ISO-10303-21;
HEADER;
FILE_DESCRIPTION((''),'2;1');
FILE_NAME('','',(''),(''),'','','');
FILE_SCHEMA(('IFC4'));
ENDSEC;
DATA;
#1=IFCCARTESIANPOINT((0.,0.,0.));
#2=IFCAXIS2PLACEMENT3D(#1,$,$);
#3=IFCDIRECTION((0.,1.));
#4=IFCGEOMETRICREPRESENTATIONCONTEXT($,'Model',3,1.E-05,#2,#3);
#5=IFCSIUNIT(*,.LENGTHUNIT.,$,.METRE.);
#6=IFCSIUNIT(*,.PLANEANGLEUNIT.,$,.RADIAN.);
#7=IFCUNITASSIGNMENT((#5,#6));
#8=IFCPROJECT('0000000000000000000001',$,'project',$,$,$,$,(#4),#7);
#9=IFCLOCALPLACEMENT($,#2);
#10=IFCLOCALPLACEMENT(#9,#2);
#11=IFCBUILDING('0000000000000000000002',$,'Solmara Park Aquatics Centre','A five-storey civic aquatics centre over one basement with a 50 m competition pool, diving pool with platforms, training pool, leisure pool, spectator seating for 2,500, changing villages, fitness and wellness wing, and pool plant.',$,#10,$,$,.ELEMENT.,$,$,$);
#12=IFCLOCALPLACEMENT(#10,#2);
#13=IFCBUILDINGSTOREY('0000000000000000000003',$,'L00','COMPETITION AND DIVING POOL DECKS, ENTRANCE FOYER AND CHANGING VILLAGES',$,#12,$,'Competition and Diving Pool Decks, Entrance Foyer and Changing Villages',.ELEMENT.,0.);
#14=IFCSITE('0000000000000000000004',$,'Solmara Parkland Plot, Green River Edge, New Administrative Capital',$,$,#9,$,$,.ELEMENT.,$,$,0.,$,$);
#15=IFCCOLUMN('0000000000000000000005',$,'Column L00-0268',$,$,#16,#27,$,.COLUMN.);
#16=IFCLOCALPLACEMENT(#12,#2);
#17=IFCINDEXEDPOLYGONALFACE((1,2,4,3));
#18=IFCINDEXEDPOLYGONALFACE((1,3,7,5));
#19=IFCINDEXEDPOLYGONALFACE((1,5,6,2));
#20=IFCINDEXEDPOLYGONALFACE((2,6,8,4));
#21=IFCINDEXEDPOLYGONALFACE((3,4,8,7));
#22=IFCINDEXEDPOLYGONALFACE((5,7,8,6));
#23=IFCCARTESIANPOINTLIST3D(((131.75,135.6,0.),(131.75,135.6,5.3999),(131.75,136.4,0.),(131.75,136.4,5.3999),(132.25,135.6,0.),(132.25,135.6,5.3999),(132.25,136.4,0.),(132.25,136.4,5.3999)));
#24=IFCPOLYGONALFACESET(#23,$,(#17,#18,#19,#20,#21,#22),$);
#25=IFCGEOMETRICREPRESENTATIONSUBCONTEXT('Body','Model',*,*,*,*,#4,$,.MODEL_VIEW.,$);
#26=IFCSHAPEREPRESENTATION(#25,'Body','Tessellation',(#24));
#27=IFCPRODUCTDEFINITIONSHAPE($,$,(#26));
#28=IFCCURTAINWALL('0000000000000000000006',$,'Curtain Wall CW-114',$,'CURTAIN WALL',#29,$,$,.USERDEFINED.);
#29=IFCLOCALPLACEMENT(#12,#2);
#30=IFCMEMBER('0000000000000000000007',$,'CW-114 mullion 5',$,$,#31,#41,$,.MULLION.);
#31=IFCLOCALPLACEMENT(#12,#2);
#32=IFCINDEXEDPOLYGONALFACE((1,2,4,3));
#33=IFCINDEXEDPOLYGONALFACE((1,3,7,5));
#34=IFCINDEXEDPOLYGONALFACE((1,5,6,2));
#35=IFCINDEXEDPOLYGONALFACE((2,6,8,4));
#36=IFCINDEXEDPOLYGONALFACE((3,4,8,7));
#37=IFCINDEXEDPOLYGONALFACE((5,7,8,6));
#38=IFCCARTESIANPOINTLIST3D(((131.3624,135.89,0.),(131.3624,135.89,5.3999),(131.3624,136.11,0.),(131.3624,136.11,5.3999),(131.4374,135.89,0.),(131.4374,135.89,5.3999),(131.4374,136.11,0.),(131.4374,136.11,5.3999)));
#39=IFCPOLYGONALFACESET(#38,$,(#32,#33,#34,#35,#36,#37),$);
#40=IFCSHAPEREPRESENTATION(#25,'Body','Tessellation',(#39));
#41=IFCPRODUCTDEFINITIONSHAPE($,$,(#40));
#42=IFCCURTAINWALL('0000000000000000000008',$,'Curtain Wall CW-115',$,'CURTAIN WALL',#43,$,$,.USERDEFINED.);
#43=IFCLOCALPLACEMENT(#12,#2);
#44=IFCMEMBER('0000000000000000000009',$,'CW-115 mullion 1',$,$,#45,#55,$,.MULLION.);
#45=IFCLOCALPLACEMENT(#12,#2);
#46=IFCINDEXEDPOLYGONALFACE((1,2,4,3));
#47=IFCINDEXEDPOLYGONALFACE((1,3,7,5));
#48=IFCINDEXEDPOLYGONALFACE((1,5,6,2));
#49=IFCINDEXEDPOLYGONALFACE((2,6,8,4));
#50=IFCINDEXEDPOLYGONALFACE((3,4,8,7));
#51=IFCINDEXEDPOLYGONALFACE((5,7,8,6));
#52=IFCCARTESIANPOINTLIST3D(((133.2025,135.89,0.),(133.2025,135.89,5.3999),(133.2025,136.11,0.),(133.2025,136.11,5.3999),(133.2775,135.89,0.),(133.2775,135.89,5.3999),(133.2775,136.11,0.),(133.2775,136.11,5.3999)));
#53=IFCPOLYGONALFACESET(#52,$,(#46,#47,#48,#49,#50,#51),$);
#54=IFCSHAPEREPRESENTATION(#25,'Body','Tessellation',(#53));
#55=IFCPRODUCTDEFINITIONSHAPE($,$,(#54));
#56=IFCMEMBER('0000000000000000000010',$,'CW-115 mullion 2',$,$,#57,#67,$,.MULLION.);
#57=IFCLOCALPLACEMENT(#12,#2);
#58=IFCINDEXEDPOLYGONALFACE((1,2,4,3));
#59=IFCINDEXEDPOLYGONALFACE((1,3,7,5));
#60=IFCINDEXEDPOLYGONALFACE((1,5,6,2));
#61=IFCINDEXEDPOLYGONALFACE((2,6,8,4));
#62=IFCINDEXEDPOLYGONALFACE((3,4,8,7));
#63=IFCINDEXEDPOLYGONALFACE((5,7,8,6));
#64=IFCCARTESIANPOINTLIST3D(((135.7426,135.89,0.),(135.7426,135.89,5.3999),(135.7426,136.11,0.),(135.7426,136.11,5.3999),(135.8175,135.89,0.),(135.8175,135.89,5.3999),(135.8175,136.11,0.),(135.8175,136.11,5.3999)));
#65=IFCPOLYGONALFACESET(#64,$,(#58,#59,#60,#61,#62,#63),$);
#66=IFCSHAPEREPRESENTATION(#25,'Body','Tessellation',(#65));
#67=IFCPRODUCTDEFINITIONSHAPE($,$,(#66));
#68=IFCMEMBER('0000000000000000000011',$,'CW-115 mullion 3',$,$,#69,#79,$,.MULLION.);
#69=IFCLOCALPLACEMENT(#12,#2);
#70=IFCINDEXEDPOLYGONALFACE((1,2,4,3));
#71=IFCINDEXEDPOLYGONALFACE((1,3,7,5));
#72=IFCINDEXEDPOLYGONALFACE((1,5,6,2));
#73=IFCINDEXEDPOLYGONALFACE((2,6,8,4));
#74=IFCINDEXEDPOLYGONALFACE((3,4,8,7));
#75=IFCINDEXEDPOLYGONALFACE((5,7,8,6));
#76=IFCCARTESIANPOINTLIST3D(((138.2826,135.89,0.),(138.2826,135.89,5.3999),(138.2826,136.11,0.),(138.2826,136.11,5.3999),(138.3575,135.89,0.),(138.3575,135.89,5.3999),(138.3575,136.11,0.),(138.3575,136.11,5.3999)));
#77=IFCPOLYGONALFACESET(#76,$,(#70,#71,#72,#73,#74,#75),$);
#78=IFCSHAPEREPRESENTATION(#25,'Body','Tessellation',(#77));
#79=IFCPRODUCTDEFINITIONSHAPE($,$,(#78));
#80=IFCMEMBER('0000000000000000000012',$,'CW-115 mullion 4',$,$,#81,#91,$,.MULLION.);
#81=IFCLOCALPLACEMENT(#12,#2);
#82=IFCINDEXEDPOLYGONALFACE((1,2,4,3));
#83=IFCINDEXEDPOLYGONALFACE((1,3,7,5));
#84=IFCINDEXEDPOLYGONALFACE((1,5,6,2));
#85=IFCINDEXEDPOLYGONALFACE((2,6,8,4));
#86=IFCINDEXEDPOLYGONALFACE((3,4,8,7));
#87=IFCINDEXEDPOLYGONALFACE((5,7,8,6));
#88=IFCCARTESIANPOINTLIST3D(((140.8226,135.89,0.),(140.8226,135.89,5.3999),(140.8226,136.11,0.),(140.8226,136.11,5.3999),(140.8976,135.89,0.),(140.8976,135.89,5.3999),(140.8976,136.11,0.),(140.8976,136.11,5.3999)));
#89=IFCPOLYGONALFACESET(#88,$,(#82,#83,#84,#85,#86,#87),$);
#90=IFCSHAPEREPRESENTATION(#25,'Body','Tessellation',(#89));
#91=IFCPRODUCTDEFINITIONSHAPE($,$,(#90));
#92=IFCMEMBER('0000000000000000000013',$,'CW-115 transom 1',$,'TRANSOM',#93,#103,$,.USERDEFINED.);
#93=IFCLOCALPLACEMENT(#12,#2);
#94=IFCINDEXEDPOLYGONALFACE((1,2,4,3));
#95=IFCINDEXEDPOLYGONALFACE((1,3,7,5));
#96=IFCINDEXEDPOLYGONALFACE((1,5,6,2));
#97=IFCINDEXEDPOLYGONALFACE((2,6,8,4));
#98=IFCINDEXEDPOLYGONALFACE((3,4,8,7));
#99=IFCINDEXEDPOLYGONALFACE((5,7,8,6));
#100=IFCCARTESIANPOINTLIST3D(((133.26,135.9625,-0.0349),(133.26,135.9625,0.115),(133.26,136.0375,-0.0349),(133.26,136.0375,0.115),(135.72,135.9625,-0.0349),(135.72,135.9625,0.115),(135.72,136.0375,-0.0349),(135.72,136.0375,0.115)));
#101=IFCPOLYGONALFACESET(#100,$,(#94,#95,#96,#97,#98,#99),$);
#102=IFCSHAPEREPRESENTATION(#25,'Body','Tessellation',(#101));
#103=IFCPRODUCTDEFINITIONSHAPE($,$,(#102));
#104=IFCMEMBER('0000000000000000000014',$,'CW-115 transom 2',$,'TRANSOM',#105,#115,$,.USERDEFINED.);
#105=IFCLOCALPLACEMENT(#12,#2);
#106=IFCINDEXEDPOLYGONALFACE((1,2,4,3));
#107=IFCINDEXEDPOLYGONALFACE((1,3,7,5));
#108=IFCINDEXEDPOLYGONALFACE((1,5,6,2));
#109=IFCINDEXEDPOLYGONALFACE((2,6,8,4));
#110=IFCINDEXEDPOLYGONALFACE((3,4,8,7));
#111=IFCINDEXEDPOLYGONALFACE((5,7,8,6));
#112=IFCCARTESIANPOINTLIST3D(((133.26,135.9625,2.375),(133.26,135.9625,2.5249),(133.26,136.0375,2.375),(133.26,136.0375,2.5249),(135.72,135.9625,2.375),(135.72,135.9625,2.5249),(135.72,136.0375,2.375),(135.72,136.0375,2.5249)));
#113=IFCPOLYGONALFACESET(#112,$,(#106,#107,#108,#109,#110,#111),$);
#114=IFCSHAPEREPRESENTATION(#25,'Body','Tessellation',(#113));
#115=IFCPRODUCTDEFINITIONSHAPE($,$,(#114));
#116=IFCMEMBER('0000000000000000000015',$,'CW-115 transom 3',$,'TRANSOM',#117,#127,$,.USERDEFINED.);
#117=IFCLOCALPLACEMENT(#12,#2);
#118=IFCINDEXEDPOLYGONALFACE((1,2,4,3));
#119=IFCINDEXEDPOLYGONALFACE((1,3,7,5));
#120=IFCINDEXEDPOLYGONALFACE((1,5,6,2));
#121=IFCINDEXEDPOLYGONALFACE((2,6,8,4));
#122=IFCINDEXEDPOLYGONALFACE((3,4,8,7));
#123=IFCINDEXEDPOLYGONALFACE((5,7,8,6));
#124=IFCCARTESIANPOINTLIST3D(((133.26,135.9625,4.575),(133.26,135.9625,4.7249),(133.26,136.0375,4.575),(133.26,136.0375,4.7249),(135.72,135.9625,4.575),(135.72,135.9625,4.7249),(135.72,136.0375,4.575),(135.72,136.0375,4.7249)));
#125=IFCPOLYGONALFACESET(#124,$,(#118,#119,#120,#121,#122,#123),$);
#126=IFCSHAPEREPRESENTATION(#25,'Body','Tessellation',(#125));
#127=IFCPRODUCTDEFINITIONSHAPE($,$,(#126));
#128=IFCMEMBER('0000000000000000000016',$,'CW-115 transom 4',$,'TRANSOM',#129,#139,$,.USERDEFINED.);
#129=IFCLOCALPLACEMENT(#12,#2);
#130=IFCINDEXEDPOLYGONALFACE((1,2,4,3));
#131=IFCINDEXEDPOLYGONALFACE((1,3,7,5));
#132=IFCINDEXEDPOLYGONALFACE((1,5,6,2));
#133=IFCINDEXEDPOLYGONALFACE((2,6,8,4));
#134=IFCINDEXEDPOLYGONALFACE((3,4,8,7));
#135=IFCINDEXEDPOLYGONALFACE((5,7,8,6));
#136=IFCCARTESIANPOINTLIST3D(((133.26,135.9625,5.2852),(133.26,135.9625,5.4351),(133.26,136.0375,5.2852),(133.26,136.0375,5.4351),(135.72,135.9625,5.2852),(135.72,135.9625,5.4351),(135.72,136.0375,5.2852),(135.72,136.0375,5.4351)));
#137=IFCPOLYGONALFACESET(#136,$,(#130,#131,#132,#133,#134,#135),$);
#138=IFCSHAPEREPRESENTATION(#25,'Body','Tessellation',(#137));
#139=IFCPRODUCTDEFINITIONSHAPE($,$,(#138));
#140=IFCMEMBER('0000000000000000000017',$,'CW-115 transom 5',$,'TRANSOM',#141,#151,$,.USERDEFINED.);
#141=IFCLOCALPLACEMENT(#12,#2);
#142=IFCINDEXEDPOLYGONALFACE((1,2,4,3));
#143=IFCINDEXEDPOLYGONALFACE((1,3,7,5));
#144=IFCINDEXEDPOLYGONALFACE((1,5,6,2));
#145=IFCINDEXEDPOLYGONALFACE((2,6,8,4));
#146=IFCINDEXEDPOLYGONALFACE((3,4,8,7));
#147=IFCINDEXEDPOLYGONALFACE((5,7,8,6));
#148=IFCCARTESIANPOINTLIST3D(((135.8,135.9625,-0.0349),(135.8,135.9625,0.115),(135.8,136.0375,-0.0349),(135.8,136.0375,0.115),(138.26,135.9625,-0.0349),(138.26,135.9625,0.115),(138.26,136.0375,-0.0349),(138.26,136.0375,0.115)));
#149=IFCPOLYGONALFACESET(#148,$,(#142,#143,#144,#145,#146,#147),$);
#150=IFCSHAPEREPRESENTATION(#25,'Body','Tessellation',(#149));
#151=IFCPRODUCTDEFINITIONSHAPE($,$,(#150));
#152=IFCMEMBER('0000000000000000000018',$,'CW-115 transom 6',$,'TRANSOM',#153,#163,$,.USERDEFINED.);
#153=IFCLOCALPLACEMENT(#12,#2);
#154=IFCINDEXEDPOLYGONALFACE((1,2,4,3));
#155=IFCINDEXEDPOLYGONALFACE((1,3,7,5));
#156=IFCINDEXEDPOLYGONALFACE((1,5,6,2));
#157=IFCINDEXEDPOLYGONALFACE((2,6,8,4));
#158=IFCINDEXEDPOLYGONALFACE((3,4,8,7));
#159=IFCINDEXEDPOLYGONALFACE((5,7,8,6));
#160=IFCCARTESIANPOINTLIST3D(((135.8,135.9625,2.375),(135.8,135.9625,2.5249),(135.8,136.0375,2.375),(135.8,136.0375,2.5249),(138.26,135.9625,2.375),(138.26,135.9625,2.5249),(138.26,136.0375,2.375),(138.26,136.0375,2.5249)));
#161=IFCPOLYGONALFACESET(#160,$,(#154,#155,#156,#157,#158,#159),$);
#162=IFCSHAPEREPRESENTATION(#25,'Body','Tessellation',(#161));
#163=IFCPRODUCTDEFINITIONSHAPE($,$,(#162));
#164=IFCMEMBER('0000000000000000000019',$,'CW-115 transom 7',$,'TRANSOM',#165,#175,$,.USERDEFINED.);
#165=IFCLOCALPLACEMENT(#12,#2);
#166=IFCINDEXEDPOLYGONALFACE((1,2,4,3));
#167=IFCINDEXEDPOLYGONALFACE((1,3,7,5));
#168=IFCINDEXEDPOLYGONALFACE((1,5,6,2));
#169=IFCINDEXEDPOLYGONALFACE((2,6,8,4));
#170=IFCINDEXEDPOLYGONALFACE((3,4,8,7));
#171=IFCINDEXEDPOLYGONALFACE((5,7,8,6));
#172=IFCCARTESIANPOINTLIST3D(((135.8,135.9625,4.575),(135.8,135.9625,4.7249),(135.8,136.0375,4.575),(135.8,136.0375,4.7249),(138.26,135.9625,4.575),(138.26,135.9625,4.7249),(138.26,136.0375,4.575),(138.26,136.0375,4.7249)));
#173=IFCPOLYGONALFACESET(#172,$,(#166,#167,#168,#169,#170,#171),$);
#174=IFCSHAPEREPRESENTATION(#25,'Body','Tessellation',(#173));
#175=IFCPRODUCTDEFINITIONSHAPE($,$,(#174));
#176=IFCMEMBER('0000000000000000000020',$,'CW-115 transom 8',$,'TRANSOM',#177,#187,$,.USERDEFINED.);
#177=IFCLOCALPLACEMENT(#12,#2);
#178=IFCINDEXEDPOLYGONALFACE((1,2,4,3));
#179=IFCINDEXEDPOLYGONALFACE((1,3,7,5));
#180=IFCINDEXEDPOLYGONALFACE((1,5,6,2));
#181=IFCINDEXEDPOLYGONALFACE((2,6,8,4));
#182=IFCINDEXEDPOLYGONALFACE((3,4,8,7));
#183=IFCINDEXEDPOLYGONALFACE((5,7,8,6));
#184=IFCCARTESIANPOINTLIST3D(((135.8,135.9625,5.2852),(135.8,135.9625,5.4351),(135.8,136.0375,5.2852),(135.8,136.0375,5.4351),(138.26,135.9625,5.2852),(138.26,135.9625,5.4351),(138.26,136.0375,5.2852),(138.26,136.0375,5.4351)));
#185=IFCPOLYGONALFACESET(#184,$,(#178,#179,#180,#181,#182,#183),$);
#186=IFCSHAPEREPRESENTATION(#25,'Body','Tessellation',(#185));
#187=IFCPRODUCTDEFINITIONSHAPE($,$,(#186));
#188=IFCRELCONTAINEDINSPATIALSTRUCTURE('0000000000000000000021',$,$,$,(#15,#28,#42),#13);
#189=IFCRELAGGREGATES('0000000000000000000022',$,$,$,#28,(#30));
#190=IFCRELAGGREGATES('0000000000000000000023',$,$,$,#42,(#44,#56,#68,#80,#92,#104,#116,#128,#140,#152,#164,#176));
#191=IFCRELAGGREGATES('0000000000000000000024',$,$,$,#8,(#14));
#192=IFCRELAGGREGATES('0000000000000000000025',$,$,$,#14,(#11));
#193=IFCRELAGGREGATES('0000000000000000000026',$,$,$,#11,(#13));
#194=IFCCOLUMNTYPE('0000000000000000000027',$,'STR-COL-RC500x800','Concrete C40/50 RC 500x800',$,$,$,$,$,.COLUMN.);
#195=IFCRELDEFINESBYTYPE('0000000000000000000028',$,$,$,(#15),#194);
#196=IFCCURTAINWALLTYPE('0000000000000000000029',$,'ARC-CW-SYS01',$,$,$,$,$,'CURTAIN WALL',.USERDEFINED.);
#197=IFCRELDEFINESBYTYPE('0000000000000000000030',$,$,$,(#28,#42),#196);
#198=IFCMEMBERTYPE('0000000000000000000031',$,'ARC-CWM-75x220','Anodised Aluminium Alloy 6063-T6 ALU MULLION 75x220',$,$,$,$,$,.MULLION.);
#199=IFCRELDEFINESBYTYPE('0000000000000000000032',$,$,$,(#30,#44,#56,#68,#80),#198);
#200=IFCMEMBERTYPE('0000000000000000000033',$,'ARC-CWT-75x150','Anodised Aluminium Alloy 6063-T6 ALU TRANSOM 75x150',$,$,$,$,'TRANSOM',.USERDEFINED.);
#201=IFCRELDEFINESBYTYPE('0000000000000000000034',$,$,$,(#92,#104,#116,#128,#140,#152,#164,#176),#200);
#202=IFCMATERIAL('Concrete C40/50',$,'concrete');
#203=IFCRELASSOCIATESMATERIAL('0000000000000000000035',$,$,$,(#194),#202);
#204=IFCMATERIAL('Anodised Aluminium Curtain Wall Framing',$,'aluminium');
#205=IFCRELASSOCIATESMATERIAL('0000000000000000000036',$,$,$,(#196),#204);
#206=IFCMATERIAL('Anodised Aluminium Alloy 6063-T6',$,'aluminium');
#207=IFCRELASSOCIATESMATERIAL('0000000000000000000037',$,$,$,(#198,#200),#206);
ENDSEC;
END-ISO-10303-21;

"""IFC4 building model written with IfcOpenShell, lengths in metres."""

from ifc_helpers import new_model, si_unit, direction, frame, origin, origin_2d, place, context, subcontext, project, spatial, rectangle, extrude, material, material_profile, profile_set, type_object, element, aggregate, save


model = new_model("IFC4")

# Units and contexts
model_context = context("Model", 3, precision=1e-05, world=origin(), true_north=direction((0.0, 1.0)))
body_context = subcontext(model_context, "Body", "Model", "MODEL_VIEW")
ifc_project = project(units=[si_unit("LENGTHUNIT", "METRE"), si_unit("PLANEANGLEUNIT", "RADIAN")], contexts=[model_context])

# Site, building, storey
site_placement = place(None, origin())
site = spatial("IfcSite", under=ifc_project, at=site_placement, Name="Solmara Parkland Plot, Green River Edge, New Administrative Capital", CompositionType="ELEMENT", RefElevation=0.0)
building_placement = place(site_placement, origin())
building = spatial("IfcBuilding", under=site, at=building_placement, Name="Solmara Park Aquatics Centre", Description="A five-storey civic aquatics centre over one basement with a 50 m competition pool, diving pool with platforms, training pool, leisure pool, spectator seating for 2,500, changing villages, fitness and wellness wing, and pool plant.", CompositionType="ELEMENT")
storey_placement = place(building_placement, origin())
storey = spatial("IfcBuildingStorey", under=building, at=storey_placement, Name="L00", Description="COMPETITION AND DIVING POOL DECKS, ENTRANCE FOYER AND CHANGING VILLAGES", LongName="Competition and Diving Pool Decks, Entrance Foyer and Changing Villages", CompositionType="ELEMENT", Elevation=0.0)

# Column
ifc_material_1 = material(Name="Concrete C40/50", Category="concrete")
ifc_material_profile_1 = material_profile(ifc_material_1, rectangle(XDim=0.5, YDim=0.8, at=origin_2d()), Name="RC 500x800")
ifc_profile_set_1 = profile_set([ifc_material_profile_1], Name="Concrete C40/50")
column_type = type_object("IfcColumnType", Name="STR-COL-RC500x800", Description="Concrete C40/50 RC 500x800", PredefinedType="COLUMN", material=ifc_profile_set_1)
column_placement = place(storey_placement, frame((132.0, 136.0, 0.0), z_axis=(0.0, 0.0, 1.0), x_axis=(1.0, 0.0, 0.0)))
element("IfcColumn", 1, at=column_placement, inside=storey, type_object=column_type, Name="Column L00-0268", PredefinedType="COLUMN", context=body_context, shape_type="SweptSolid", body=[
    extrude(rectangle(XDim=0.5, YDim=0.8, at=origin_2d()), origin(), (0.0, 0.0, 1.0), 5.3999),
])

# Curtain wall, member
ifc_material_2 = material(Name="Anodised Aluminium Curtain Wall Framing", Category="aluminium")
curtain_wall_type = type_object("IfcCurtainWallType", Name="ARC-CW-SYS01", ElementType="CURTAIN WALL", PredefinedType="USERDEFINED", material=ifc_material_2)
curtain_wall_1_placement = place(storey_placement, origin())
curtain_wall_1 = element("IfcCurtainWall", 2, at=curtain_wall_1_placement, inside=storey, type_object=curtain_wall_type, Name="Curtain Wall CW-114", ObjectType="CURTAIN WALL", PredefinedType="USERDEFINED")
ifc_material_3 = material(Name="Anodised Aluminium Alloy 6063-T6", Category="aluminium")
ifc_material_profile_2 = material_profile(ifc_material_3, rectangle(XDim=0.075, YDim=0.22, at=origin_2d()), Name="ALU MULLION 75x220")
ifc_profile_set_2 = profile_set([ifc_material_profile_2], Name="Anodised Aluminium Alloy 6063-T6")
member_type_1 = type_object("IfcMemberType", Name="ARC-CWM-75x220", Description="Anodised Aluminium Alloy 6063-T6 ALU MULLION 75x220", PredefinedType="MULLION", material=ifc_profile_set_2)
member_1_placement = place(storey_placement, frame((131.3999, 136.0, 0.0), z_axis=(0.0, 0.0, 1.0), x_axis=(1.0, 0.0, 0.0)))
member_1 = element("IfcMember", 3, at=member_1_placement, type_object=member_type_1, Name="CW-114 mullion 5", PredefinedType="MULLION", context=body_context, shape_type="SweptSolid", body=[
    extrude(rectangle(XDim=0.075, YDim=0.22, at=origin_2d()), origin(), (0.0, 0.0, 1.0), 5.3999),
])

# Curtain wall, members
curtain_wall_2_placement = place(storey_placement, origin())
curtain_wall_2 = element("IfcCurtainWall", 4, at=curtain_wall_2_placement, inside=storey, type_object=curtain_wall_type, Name="Curtain Wall CW-115", ObjectType="CURTAIN WALL", PredefinedType="USERDEFINED")
member_2_placement = place(storey_placement, frame((133.24, 136.0, 0.0), z_axis=(0.0, 0.0, 1.0), x_axis=(1.0, 0.0, 0.0)))
member_2 = element("IfcMember", 5, at=member_2_placement, type_object=member_type_1, Name="CW-115 mullion 1", PredefinedType="MULLION", context=body_context, shape_type="SweptSolid", body=[
    extrude(rectangle(XDim=0.075, YDim=0.22, at=origin_2d()), origin(), (0.0, 0.0, 1.0), 5.3999),
])
member_3_placement = place(storey_placement, frame((135.78, 136.0, 0.0), z_axis=(0.0, 0.0, 1.0), x_axis=(1.0, 0.0, 0.0)))
member_3 = element("IfcMember", 6, at=member_3_placement, type_object=member_type_1, Name="CW-115 mullion 2", PredefinedType="MULLION", context=body_context, shape_type="SweptSolid", body=[
    extrude(rectangle(XDim=0.075, YDim=0.22, at=origin_2d()), origin(), (0.0, 0.0, 1.0), 5.3999),
])
member_4_placement = place(storey_placement, frame((138.3201, 136.0, 0.0), z_axis=(0.0, 0.0, 1.0), x_axis=(1.0, 0.0, 0.0)))
member_4 = element("IfcMember", 7, at=member_4_placement, type_object=member_type_1, Name="CW-115 mullion 3", PredefinedType="MULLION", context=body_context, shape_type="SweptSolid", body=[
    extrude(rectangle(XDim=0.075, YDim=0.22, at=origin_2d()), origin(), (0.0, 0.0, 1.0), 5.3999),
])
member_5_placement = place(storey_placement, frame((140.8601, 136.0, 0.0), z_axis=(0.0, 0.0, 1.0), x_axis=(1.0, 0.0, 0.0)))
member_5 = element("IfcMember", 8, at=member_5_placement, type_object=member_type_1, Name="CW-115 mullion 4", PredefinedType="MULLION", context=body_context, shape_type="SweptSolid", body=[
    extrude(rectangle(XDim=0.075, YDim=0.22, at=origin_2d()), origin(), (0.0, 0.0, 1.0), 5.3999),
])
ifc_material_profile_3 = material_profile(ifc_material_3, rectangle(XDim=0.075, YDim=0.1499, at=origin_2d()), Name="ALU TRANSOM 75x150")
ifc_profile_set_3 = profile_set([ifc_material_profile_3], Name="Anodised Aluminium Alloy 6063-T6")
member_type_2 = type_object("IfcMemberType", Name="ARC-CWT-75x150", Description="Anodised Aluminium Alloy 6063-T6 ALU TRANSOM 75x150", ElementType="TRANSOM", PredefinedType="USERDEFINED", material=ifc_profile_set_3)
member_6_placement = place(storey_placement, frame((133.26, 136.0, 0.04), z_axis=(1.0, 0.0, 0.0), x_axis=(0.0, 1.0, 0.0)))
member_6 = element("IfcMember", 9, at=member_6_placement, type_object=member_type_2, Name="CW-115 transom 1", ObjectType="TRANSOM", PredefinedType="USERDEFINED", context=body_context, shape_type="SweptSolid", body=[
    extrude(rectangle(XDim=0.075, YDim=0.1499, at=origin_2d()), origin(), (0.0, 0.0, 1.0), 2.46),
])
member_7_placement = place(storey_placement, frame((133.26, 136.0, 2.45), z_axis=(1.0, 0.0, 0.0), x_axis=(0.0, 1.0, 0.0)))
member_7 = element("IfcMember", 10, at=member_7_placement, type_object=member_type_2, Name="CW-115 transom 2", ObjectType="TRANSOM", PredefinedType="USERDEFINED", context=body_context, shape_type="SweptSolid", body=[
    extrude(rectangle(XDim=0.075, YDim=0.1499, at=origin_2d()), origin(), (0.0, 0.0, 1.0), 2.46),
])
member_8_placement = place(storey_placement, frame((133.26, 136.0, 4.6499), z_axis=(1.0, 0.0, 0.0), x_axis=(0.0, 1.0, 0.0)))
member_8 = element("IfcMember", 11, at=member_8_placement, type_object=member_type_2, Name="CW-115 transom 3", ObjectType="TRANSOM", PredefinedType="USERDEFINED", context=body_context, shape_type="SweptSolid", body=[
    extrude(rectangle(XDim=0.075, YDim=0.1499, at=origin_2d()), origin(), (0.0, 0.0, 1.0), 2.46),
])
member_9_placement = place(storey_placement, frame((133.26, 136.0, 5.3601), z_axis=(1.0, 0.0, 0.0), x_axis=(0.0, 1.0, 0.0)))
member_9 = element("IfcMember", 12, at=member_9_placement, type_object=member_type_2, Name="CW-115 transom 4", ObjectType="TRANSOM", PredefinedType="USERDEFINED", context=body_context, shape_type="SweptSolid", body=[
    extrude(rectangle(XDim=0.075, YDim=0.1499, at=origin_2d()), origin(), (0.0, 0.0, 1.0), 2.46),
])
member_10_placement = place(storey_placement, frame((135.8, 136.0, 0.04), z_axis=(1.0, 0.0, 0.0), x_axis=(0.0, 1.0, 0.0)))
member_10 = element("IfcMember", 13, at=member_10_placement, type_object=member_type_2, Name="CW-115 transom 5", ObjectType="TRANSOM", PredefinedType="USERDEFINED", context=body_context, shape_type="SweptSolid", body=[
    extrude(rectangle(XDim=0.075, YDim=0.1499, at=origin_2d()), origin(), (0.0, 0.0, 1.0), 2.46),
])
member_11_placement = place(storey_placement, frame((135.8, 136.0, 2.45), z_axis=(1.0, 0.0, 0.0), x_axis=(0.0, 1.0, 0.0)))
member_11 = element("IfcMember", 14, at=member_11_placement, type_object=member_type_2, Name="CW-115 transom 6", ObjectType="TRANSOM", PredefinedType="USERDEFINED", context=body_context, shape_type="SweptSolid", body=[
    extrude(rectangle(XDim=0.075, YDim=0.1499, at=origin_2d()), origin(), (0.0, 0.0, 1.0), 2.46),
])
member_12_placement = place(storey_placement, frame((135.8, 136.0, 4.6499), z_axis=(1.0, 0.0, 0.0), x_axis=(0.0, 1.0, 0.0)))
member_12 = element("IfcMember", 15, at=member_12_placement, type_object=member_type_2, Name="CW-115 transom 7", ObjectType="TRANSOM", PredefinedType="USERDEFINED", context=body_context, shape_type="SweptSolid", body=[
    extrude(rectangle(XDim=0.075, YDim=0.1499, at=origin_2d()), origin(), (0.0, 0.0, 1.0), 2.46),
])
member_13_placement = place(storey_placement, frame((135.8, 136.0, 5.3601), z_axis=(1.0, 0.0, 0.0), x_axis=(0.0, 1.0, 0.0)))
member_13 = element("IfcMember", 16, at=member_13_placement, type_object=member_type_2, Name="CW-115 transom 8", ObjectType="TRANSOM", PredefinedType="USERDEFINED", context=body_context, shape_type="SweptSolid", body=[
    extrude(rectangle(XDim=0.075, YDim=0.1499, at=origin_2d()), origin(), (0.0, 0.0, 1.0), 2.46),
])

aggregate(curtain_wall_1, [member_1])
aggregate(curtain_wall_2, [member_2, member_3, member_4, member_5, member_6, member_7, member_8, member_9, member_10, member_11, member_12, member_13])

save(model, "model.ifc")
